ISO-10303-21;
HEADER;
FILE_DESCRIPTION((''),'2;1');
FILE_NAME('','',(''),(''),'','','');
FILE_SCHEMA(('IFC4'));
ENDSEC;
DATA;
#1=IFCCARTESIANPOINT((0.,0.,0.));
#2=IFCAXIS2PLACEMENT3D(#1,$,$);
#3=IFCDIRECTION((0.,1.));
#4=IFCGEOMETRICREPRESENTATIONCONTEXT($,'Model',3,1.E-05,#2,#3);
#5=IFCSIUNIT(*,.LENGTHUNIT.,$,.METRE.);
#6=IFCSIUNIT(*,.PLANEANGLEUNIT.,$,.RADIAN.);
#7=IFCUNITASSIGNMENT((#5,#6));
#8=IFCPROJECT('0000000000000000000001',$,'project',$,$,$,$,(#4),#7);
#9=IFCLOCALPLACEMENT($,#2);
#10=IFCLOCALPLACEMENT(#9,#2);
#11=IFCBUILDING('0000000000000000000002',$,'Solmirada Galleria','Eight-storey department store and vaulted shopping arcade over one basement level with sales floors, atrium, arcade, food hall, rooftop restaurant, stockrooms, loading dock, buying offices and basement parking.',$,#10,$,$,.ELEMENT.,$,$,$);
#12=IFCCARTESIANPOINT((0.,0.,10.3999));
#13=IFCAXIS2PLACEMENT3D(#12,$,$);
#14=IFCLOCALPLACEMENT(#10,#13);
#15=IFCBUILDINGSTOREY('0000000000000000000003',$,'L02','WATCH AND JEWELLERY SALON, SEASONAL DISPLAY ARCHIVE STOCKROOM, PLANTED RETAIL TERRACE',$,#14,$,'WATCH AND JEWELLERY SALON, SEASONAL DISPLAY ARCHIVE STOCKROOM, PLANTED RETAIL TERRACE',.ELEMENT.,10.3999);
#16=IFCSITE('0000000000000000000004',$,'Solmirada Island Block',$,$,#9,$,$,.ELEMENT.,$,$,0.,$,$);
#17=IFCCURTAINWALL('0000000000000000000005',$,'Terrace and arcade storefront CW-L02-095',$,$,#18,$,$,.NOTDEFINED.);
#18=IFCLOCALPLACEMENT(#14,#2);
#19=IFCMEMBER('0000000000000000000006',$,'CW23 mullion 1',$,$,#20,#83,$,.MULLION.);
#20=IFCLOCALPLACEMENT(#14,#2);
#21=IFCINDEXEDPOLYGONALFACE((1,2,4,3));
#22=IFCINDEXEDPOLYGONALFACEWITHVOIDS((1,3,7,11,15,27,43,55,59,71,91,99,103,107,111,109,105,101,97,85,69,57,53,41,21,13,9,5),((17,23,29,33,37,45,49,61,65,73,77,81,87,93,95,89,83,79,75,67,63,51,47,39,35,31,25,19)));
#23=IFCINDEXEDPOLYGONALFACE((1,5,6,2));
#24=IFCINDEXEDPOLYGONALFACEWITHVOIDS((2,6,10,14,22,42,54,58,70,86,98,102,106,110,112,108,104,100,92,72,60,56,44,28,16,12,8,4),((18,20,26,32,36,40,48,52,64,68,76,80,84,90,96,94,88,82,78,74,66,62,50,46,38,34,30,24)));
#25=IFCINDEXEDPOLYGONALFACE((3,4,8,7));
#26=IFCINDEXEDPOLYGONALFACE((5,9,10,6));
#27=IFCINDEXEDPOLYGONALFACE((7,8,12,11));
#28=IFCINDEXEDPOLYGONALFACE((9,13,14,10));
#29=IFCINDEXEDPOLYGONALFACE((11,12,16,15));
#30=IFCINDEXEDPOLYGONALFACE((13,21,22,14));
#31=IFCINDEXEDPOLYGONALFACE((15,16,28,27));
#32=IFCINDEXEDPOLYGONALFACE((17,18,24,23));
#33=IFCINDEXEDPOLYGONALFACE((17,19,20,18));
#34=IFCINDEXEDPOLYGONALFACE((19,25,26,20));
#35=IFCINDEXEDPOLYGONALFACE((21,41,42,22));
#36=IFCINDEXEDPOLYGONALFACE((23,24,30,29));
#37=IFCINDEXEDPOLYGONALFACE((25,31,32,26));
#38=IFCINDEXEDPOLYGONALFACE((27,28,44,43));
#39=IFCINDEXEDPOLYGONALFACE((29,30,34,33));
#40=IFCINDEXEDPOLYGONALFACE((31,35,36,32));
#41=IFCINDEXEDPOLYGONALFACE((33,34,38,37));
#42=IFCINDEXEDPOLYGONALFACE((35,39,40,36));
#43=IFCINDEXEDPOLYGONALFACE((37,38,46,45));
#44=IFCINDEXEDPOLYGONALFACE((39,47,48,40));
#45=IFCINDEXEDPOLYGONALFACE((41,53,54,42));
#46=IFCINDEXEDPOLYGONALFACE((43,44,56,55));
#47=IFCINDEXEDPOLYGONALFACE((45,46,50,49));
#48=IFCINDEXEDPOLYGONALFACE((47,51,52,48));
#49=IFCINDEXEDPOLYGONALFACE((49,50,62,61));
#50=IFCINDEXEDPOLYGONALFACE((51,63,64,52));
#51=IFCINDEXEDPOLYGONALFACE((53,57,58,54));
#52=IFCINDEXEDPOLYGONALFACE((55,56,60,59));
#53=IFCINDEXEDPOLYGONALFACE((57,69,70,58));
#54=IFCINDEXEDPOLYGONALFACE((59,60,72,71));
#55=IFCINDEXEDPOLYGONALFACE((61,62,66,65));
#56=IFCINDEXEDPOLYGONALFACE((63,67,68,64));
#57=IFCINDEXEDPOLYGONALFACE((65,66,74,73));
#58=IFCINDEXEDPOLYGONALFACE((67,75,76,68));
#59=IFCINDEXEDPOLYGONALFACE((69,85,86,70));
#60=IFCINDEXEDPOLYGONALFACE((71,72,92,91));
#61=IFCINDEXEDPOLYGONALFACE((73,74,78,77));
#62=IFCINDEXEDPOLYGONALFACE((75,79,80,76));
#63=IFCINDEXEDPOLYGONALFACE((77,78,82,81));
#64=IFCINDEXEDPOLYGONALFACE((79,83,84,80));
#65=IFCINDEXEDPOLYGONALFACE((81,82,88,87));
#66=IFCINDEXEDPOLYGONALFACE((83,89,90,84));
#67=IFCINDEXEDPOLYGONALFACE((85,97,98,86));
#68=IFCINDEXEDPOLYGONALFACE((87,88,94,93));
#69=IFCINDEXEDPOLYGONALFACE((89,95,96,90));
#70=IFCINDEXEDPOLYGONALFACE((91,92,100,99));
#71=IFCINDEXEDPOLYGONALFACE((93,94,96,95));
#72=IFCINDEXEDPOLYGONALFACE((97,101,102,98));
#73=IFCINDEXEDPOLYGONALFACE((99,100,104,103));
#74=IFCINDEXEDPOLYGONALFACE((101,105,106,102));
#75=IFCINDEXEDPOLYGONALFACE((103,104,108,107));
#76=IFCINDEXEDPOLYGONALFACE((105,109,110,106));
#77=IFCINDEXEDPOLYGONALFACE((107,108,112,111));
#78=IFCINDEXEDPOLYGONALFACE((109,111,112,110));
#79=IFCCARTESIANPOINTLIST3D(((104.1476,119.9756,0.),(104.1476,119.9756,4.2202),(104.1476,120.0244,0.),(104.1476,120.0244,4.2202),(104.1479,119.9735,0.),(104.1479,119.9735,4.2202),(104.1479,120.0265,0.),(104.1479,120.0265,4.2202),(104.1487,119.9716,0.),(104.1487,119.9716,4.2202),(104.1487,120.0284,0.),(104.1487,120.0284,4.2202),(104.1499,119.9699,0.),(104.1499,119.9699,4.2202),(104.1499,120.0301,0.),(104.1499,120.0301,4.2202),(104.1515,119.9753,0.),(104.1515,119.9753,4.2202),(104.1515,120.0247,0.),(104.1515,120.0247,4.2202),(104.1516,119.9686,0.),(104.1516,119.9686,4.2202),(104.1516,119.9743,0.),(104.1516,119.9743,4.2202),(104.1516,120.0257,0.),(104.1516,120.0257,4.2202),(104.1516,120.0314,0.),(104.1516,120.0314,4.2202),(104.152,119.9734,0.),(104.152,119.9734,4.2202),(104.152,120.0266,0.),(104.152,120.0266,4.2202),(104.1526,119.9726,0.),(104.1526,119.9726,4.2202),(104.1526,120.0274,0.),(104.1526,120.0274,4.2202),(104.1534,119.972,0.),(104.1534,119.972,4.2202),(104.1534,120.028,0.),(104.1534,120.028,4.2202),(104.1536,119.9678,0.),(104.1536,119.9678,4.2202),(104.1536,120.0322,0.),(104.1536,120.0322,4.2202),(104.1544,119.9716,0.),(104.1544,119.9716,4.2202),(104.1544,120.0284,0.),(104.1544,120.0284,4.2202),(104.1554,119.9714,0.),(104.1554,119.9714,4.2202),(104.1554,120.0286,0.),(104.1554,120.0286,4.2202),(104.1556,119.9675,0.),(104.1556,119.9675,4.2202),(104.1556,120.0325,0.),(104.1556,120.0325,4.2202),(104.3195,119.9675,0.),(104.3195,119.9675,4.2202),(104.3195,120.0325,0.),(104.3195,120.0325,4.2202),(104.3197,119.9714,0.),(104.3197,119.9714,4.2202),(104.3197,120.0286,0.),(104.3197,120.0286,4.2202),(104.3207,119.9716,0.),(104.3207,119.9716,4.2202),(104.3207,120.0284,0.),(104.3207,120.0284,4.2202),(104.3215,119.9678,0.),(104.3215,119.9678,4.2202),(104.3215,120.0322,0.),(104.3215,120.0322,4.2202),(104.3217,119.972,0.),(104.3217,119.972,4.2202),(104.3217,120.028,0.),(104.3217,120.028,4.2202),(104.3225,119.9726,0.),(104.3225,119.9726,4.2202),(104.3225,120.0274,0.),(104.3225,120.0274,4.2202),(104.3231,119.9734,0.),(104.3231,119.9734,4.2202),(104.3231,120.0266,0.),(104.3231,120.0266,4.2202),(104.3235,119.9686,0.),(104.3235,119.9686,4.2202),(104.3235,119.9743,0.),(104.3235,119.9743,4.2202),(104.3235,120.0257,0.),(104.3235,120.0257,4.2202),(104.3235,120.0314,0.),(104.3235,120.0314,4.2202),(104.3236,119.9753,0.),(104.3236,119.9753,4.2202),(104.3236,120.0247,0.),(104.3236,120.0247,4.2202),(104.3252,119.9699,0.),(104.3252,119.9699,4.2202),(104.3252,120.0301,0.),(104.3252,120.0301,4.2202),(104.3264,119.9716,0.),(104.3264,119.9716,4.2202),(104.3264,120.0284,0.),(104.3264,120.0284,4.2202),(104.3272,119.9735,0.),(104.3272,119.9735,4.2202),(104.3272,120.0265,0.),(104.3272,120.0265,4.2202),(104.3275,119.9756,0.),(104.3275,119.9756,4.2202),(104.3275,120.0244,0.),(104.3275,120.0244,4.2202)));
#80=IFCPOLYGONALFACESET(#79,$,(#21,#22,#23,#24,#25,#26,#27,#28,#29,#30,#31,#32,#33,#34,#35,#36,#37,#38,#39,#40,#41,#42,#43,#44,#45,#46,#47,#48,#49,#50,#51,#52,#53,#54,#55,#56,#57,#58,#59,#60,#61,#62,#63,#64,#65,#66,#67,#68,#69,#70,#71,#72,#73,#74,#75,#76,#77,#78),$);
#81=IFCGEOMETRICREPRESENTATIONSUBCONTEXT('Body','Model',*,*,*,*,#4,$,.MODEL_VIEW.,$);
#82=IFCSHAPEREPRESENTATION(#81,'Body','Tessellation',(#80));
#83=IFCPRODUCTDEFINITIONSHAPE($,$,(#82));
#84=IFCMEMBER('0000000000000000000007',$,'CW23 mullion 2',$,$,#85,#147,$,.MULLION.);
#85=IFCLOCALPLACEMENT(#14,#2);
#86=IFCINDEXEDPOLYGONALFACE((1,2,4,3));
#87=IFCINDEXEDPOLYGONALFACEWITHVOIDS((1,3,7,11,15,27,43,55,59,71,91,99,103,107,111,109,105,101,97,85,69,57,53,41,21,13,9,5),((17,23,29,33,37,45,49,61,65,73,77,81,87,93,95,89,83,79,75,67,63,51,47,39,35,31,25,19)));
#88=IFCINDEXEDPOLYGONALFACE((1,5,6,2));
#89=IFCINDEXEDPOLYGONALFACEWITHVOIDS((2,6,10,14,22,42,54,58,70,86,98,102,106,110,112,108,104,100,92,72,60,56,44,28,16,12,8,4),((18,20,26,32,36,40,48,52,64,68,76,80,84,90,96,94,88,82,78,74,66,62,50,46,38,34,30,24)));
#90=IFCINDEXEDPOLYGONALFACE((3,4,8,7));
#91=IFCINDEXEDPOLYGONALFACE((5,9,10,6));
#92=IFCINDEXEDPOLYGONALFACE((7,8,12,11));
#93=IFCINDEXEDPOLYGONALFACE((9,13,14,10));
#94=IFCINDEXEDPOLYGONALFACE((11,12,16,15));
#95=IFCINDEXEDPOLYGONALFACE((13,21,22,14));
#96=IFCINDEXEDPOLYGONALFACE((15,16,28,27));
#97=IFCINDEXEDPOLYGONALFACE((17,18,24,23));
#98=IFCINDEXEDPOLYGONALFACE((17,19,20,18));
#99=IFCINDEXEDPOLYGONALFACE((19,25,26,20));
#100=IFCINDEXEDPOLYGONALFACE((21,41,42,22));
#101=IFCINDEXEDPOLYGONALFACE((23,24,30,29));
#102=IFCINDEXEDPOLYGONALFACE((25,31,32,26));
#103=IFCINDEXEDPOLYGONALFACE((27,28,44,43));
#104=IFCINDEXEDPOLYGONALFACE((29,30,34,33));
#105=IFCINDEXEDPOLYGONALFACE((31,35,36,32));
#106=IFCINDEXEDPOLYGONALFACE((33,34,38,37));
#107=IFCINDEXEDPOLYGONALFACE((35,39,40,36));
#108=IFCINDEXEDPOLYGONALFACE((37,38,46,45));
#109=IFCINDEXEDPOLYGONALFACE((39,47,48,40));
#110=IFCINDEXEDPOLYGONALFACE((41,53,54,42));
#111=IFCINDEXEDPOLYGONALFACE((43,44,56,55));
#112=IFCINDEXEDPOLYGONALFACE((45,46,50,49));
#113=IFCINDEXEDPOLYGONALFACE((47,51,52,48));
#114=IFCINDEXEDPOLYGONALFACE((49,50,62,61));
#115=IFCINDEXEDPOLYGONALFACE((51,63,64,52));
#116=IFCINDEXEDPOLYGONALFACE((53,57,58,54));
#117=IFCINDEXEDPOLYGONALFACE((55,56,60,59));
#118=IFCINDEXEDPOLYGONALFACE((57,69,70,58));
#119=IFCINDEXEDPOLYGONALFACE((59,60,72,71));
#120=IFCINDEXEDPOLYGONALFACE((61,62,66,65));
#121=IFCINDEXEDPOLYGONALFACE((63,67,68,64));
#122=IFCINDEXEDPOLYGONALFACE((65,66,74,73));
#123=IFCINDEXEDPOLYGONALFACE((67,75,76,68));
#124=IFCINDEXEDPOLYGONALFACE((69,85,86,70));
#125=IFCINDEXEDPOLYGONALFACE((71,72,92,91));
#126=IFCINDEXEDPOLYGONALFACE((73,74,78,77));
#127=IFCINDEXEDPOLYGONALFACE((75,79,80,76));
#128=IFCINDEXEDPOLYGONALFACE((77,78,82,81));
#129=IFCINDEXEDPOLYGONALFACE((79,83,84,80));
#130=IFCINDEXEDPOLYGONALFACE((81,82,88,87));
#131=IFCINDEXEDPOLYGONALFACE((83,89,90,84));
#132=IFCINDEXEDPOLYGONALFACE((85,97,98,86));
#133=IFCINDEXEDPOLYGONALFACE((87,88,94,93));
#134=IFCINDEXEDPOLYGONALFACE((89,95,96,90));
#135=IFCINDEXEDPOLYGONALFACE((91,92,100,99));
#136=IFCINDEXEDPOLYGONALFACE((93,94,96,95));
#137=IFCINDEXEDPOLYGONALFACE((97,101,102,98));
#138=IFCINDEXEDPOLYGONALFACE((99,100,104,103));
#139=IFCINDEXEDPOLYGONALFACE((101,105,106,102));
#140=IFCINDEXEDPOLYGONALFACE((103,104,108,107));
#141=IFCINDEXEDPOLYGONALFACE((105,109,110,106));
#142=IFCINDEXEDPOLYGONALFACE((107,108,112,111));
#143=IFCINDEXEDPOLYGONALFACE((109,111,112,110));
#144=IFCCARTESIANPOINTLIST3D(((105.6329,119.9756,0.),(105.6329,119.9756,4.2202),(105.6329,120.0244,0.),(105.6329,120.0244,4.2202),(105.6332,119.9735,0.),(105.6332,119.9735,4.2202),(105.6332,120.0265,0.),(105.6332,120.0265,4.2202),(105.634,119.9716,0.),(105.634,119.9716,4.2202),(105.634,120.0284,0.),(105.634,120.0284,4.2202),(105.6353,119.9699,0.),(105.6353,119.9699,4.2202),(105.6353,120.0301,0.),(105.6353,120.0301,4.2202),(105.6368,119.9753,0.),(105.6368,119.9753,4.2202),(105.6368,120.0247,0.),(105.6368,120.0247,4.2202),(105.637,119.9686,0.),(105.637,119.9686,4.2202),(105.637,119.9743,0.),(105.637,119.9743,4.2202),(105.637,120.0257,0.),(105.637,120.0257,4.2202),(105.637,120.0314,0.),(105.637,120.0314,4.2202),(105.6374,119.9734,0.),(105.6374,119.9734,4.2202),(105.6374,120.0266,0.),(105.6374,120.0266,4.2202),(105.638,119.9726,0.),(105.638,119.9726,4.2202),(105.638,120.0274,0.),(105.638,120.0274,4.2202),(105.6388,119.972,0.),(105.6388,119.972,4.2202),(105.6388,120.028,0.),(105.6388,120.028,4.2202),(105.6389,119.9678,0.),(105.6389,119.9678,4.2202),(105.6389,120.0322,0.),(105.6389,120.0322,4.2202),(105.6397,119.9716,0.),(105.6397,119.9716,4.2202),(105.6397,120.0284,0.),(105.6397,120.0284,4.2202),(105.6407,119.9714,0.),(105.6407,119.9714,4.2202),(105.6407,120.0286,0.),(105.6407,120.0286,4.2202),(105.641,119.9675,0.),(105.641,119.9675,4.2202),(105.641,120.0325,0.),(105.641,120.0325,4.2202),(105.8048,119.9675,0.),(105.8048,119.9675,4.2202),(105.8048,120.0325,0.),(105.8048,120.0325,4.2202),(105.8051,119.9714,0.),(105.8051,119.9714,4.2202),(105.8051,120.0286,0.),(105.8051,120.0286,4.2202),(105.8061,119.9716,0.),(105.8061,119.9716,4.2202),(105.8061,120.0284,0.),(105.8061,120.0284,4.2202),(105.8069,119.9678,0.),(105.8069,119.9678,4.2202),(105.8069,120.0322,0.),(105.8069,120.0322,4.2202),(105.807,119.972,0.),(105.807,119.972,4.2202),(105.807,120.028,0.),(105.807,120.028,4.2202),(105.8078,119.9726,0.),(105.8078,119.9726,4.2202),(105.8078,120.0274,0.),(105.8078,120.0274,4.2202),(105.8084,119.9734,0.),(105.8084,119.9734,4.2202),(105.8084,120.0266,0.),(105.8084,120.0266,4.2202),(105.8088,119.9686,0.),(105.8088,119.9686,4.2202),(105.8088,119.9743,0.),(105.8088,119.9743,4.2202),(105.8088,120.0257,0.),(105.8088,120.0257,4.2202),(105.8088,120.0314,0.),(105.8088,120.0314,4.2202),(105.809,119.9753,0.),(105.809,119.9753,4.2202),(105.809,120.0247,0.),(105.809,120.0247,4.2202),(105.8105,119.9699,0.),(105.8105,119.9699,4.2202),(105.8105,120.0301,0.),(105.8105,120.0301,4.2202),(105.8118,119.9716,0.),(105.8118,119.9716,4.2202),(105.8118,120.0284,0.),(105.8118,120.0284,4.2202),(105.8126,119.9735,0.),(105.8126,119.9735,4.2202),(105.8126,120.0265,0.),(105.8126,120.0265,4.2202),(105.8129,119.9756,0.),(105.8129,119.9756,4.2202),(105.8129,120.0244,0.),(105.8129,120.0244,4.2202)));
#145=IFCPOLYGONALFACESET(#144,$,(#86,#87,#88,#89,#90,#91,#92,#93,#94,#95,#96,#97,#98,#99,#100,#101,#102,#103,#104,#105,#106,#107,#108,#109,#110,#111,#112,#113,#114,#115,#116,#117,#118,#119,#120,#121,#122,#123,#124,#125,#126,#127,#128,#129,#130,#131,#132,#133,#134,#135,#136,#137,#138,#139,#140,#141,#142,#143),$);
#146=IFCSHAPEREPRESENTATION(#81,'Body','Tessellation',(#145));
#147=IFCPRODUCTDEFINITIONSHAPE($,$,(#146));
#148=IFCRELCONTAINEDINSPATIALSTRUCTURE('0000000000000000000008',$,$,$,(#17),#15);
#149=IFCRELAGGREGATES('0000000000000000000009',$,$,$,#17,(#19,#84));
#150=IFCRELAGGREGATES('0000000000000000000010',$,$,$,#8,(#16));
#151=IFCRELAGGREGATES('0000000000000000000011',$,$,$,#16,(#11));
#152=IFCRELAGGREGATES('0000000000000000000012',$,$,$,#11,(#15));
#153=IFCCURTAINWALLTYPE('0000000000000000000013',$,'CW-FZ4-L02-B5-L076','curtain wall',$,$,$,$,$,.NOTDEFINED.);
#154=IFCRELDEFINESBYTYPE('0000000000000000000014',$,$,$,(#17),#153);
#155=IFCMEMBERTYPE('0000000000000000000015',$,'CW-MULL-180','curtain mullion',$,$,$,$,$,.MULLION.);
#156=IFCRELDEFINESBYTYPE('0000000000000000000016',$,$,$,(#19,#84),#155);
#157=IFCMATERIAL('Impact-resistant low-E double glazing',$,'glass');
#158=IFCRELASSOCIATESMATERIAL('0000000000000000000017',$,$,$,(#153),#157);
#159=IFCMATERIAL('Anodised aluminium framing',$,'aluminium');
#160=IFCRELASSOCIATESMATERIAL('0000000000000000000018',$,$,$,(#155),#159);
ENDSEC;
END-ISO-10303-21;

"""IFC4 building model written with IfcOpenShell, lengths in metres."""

from ifc_helpers import new_model, si_unit, direction, frame, origin, origin_2d, place, context, subcontext, project, spatial, hollow_rectangle, extrude, material, material_profile, profile_set, type_object, element, aggregate, save


model = new_model("IFC4")

# Units and contexts
model_context = context("Model", 3, precision=1e-05, world=origin(), true_north=direction((0.0, 1.0)))
body_context = subcontext(model_context, "Body", "Model", "MODEL_VIEW")
ifc_project = project(units=[si_unit("LENGTHUNIT", "METRE"), si_unit("PLANEANGLEUNIT", "RADIAN")], contexts=[model_context])

# Site, building, storey
site_placement = place(None, origin())
site = spatial("IfcSite", under=ifc_project, at=site_placement, Name="Solmirada Island Block", CompositionType="ELEMENT", RefElevation=0.0)
building_placement = place(site_placement, origin())
building = spatial("IfcBuilding", under=site, at=building_placement, Name="Solmirada Galleria", Description="Eight-storey department store and vaulted shopping arcade over one basement level with sales floors, atrium, arcade, food hall, rooftop restaurant, stockrooms, loading dock, buying offices and basement parking.", CompositionType="ELEMENT")
storey_placement = place(building_placement, frame((0.0, 0.0, 10.3999)))
storey = spatial("IfcBuildingStorey", under=building, at=storey_placement, Name="L02", Description="WATCH AND JEWELLERY SALON, SEASONAL DISPLAY ARCHIVE STOCKROOM, PLANTED RETAIL TERRACE", LongName="WATCH AND JEWELLERY SALON, SEASONAL DISPLAY ARCHIVE STOCKROOM, PLANTED RETAIL TERRACE", CompositionType="ELEMENT", Elevation=10.3999)

# Curtain wall, members
ifc_material_1 = material(Name="Impact-resistant low-E double glazing", Category="glass")
curtain_wall_type = type_object("IfcCurtainWallType", Name="CW-FZ4-L02-B5-L076", Description="curtain wall", PredefinedType="NOTDEFINED", material=ifc_material_1)
ifc_material_2 = material(Name="Anodised aluminium framing", Category="aluminium")
ifc_material_profile_1 = material_profile(ifc_material_2, hollow_rectangle(XDim=0.0649, YDim=0.1799, WallThickness=0.0039, InnerFilletRadius=0.0039, OuterFilletRadius=0.0081, at=origin_2d()), Name="ALU-MULL-180X65")
ifc_profile_set_1 = profile_set([ifc_material_profile_1], Name="Anodised aluminium framing")
member_type_1 = type_object("IfcMemberType", Name="CW-MULL-180", Description="curtain mullion", PredefinedType="MULLION", material=ifc_profile_set_1)
curtain_wall_1_placement = place(storey_placement, origin())
curtain_wall_1 = element("IfcCurtainWall", 1, at=curtain_wall_1_placement, inside=storey, type_object=curtain_wall_type, Name="Terrace and arcade storefront CW-L02-095", PredefinedType="NOTDEFINED")
member_1_placement = place(storey_placement, frame((104.2375, 120.0, 0.0), z_axis=(0.0, 0.0, 1.0), x_axis=(0.0, 1.0, 0.0)))
member_1 = element("IfcMember", 2, at=member_1_placement, type_object=member_type_1, Name="CW23 mullion 1", PredefinedType="MULLION", context=body_context, shape_type="SweptSolid", body=[
    extrude(hollow_rectangle(XDim=0.0649, YDim=0.1799, WallThickness=0.0039, InnerFilletRadius=0.0039, OuterFilletRadius=0.0081, at=origin_2d()), origin(), (0.0, 0.0, 1.0), 4.2202),
])
member_2_placement = place(storey_placement, frame((105.7229, 120.0, 0.0), z_axis=(0.0, 0.0, 1.0), x_axis=(0.0, 1.0, 0.0)))
member_2 = element("IfcMember", 3, at=member_2_placement, type_object=member_type_1, Name="CW23 mullion 2", PredefinedType="MULLION", context=body_context, shape_type="SweptSolid", body=[
    extrude(hollow_rectangle(XDim=0.0649, YDim=0.1799, WallThickness=0.0039, InnerFilletRadius=0.0039, OuterFilletRadius=0.0081, at=origin_2d()), origin(), (0.0, 0.0, 1.0), 4.2202),
])

aggregate(curtain_wall_1, [member_1, member_2])

save(model, "model.ifc")
